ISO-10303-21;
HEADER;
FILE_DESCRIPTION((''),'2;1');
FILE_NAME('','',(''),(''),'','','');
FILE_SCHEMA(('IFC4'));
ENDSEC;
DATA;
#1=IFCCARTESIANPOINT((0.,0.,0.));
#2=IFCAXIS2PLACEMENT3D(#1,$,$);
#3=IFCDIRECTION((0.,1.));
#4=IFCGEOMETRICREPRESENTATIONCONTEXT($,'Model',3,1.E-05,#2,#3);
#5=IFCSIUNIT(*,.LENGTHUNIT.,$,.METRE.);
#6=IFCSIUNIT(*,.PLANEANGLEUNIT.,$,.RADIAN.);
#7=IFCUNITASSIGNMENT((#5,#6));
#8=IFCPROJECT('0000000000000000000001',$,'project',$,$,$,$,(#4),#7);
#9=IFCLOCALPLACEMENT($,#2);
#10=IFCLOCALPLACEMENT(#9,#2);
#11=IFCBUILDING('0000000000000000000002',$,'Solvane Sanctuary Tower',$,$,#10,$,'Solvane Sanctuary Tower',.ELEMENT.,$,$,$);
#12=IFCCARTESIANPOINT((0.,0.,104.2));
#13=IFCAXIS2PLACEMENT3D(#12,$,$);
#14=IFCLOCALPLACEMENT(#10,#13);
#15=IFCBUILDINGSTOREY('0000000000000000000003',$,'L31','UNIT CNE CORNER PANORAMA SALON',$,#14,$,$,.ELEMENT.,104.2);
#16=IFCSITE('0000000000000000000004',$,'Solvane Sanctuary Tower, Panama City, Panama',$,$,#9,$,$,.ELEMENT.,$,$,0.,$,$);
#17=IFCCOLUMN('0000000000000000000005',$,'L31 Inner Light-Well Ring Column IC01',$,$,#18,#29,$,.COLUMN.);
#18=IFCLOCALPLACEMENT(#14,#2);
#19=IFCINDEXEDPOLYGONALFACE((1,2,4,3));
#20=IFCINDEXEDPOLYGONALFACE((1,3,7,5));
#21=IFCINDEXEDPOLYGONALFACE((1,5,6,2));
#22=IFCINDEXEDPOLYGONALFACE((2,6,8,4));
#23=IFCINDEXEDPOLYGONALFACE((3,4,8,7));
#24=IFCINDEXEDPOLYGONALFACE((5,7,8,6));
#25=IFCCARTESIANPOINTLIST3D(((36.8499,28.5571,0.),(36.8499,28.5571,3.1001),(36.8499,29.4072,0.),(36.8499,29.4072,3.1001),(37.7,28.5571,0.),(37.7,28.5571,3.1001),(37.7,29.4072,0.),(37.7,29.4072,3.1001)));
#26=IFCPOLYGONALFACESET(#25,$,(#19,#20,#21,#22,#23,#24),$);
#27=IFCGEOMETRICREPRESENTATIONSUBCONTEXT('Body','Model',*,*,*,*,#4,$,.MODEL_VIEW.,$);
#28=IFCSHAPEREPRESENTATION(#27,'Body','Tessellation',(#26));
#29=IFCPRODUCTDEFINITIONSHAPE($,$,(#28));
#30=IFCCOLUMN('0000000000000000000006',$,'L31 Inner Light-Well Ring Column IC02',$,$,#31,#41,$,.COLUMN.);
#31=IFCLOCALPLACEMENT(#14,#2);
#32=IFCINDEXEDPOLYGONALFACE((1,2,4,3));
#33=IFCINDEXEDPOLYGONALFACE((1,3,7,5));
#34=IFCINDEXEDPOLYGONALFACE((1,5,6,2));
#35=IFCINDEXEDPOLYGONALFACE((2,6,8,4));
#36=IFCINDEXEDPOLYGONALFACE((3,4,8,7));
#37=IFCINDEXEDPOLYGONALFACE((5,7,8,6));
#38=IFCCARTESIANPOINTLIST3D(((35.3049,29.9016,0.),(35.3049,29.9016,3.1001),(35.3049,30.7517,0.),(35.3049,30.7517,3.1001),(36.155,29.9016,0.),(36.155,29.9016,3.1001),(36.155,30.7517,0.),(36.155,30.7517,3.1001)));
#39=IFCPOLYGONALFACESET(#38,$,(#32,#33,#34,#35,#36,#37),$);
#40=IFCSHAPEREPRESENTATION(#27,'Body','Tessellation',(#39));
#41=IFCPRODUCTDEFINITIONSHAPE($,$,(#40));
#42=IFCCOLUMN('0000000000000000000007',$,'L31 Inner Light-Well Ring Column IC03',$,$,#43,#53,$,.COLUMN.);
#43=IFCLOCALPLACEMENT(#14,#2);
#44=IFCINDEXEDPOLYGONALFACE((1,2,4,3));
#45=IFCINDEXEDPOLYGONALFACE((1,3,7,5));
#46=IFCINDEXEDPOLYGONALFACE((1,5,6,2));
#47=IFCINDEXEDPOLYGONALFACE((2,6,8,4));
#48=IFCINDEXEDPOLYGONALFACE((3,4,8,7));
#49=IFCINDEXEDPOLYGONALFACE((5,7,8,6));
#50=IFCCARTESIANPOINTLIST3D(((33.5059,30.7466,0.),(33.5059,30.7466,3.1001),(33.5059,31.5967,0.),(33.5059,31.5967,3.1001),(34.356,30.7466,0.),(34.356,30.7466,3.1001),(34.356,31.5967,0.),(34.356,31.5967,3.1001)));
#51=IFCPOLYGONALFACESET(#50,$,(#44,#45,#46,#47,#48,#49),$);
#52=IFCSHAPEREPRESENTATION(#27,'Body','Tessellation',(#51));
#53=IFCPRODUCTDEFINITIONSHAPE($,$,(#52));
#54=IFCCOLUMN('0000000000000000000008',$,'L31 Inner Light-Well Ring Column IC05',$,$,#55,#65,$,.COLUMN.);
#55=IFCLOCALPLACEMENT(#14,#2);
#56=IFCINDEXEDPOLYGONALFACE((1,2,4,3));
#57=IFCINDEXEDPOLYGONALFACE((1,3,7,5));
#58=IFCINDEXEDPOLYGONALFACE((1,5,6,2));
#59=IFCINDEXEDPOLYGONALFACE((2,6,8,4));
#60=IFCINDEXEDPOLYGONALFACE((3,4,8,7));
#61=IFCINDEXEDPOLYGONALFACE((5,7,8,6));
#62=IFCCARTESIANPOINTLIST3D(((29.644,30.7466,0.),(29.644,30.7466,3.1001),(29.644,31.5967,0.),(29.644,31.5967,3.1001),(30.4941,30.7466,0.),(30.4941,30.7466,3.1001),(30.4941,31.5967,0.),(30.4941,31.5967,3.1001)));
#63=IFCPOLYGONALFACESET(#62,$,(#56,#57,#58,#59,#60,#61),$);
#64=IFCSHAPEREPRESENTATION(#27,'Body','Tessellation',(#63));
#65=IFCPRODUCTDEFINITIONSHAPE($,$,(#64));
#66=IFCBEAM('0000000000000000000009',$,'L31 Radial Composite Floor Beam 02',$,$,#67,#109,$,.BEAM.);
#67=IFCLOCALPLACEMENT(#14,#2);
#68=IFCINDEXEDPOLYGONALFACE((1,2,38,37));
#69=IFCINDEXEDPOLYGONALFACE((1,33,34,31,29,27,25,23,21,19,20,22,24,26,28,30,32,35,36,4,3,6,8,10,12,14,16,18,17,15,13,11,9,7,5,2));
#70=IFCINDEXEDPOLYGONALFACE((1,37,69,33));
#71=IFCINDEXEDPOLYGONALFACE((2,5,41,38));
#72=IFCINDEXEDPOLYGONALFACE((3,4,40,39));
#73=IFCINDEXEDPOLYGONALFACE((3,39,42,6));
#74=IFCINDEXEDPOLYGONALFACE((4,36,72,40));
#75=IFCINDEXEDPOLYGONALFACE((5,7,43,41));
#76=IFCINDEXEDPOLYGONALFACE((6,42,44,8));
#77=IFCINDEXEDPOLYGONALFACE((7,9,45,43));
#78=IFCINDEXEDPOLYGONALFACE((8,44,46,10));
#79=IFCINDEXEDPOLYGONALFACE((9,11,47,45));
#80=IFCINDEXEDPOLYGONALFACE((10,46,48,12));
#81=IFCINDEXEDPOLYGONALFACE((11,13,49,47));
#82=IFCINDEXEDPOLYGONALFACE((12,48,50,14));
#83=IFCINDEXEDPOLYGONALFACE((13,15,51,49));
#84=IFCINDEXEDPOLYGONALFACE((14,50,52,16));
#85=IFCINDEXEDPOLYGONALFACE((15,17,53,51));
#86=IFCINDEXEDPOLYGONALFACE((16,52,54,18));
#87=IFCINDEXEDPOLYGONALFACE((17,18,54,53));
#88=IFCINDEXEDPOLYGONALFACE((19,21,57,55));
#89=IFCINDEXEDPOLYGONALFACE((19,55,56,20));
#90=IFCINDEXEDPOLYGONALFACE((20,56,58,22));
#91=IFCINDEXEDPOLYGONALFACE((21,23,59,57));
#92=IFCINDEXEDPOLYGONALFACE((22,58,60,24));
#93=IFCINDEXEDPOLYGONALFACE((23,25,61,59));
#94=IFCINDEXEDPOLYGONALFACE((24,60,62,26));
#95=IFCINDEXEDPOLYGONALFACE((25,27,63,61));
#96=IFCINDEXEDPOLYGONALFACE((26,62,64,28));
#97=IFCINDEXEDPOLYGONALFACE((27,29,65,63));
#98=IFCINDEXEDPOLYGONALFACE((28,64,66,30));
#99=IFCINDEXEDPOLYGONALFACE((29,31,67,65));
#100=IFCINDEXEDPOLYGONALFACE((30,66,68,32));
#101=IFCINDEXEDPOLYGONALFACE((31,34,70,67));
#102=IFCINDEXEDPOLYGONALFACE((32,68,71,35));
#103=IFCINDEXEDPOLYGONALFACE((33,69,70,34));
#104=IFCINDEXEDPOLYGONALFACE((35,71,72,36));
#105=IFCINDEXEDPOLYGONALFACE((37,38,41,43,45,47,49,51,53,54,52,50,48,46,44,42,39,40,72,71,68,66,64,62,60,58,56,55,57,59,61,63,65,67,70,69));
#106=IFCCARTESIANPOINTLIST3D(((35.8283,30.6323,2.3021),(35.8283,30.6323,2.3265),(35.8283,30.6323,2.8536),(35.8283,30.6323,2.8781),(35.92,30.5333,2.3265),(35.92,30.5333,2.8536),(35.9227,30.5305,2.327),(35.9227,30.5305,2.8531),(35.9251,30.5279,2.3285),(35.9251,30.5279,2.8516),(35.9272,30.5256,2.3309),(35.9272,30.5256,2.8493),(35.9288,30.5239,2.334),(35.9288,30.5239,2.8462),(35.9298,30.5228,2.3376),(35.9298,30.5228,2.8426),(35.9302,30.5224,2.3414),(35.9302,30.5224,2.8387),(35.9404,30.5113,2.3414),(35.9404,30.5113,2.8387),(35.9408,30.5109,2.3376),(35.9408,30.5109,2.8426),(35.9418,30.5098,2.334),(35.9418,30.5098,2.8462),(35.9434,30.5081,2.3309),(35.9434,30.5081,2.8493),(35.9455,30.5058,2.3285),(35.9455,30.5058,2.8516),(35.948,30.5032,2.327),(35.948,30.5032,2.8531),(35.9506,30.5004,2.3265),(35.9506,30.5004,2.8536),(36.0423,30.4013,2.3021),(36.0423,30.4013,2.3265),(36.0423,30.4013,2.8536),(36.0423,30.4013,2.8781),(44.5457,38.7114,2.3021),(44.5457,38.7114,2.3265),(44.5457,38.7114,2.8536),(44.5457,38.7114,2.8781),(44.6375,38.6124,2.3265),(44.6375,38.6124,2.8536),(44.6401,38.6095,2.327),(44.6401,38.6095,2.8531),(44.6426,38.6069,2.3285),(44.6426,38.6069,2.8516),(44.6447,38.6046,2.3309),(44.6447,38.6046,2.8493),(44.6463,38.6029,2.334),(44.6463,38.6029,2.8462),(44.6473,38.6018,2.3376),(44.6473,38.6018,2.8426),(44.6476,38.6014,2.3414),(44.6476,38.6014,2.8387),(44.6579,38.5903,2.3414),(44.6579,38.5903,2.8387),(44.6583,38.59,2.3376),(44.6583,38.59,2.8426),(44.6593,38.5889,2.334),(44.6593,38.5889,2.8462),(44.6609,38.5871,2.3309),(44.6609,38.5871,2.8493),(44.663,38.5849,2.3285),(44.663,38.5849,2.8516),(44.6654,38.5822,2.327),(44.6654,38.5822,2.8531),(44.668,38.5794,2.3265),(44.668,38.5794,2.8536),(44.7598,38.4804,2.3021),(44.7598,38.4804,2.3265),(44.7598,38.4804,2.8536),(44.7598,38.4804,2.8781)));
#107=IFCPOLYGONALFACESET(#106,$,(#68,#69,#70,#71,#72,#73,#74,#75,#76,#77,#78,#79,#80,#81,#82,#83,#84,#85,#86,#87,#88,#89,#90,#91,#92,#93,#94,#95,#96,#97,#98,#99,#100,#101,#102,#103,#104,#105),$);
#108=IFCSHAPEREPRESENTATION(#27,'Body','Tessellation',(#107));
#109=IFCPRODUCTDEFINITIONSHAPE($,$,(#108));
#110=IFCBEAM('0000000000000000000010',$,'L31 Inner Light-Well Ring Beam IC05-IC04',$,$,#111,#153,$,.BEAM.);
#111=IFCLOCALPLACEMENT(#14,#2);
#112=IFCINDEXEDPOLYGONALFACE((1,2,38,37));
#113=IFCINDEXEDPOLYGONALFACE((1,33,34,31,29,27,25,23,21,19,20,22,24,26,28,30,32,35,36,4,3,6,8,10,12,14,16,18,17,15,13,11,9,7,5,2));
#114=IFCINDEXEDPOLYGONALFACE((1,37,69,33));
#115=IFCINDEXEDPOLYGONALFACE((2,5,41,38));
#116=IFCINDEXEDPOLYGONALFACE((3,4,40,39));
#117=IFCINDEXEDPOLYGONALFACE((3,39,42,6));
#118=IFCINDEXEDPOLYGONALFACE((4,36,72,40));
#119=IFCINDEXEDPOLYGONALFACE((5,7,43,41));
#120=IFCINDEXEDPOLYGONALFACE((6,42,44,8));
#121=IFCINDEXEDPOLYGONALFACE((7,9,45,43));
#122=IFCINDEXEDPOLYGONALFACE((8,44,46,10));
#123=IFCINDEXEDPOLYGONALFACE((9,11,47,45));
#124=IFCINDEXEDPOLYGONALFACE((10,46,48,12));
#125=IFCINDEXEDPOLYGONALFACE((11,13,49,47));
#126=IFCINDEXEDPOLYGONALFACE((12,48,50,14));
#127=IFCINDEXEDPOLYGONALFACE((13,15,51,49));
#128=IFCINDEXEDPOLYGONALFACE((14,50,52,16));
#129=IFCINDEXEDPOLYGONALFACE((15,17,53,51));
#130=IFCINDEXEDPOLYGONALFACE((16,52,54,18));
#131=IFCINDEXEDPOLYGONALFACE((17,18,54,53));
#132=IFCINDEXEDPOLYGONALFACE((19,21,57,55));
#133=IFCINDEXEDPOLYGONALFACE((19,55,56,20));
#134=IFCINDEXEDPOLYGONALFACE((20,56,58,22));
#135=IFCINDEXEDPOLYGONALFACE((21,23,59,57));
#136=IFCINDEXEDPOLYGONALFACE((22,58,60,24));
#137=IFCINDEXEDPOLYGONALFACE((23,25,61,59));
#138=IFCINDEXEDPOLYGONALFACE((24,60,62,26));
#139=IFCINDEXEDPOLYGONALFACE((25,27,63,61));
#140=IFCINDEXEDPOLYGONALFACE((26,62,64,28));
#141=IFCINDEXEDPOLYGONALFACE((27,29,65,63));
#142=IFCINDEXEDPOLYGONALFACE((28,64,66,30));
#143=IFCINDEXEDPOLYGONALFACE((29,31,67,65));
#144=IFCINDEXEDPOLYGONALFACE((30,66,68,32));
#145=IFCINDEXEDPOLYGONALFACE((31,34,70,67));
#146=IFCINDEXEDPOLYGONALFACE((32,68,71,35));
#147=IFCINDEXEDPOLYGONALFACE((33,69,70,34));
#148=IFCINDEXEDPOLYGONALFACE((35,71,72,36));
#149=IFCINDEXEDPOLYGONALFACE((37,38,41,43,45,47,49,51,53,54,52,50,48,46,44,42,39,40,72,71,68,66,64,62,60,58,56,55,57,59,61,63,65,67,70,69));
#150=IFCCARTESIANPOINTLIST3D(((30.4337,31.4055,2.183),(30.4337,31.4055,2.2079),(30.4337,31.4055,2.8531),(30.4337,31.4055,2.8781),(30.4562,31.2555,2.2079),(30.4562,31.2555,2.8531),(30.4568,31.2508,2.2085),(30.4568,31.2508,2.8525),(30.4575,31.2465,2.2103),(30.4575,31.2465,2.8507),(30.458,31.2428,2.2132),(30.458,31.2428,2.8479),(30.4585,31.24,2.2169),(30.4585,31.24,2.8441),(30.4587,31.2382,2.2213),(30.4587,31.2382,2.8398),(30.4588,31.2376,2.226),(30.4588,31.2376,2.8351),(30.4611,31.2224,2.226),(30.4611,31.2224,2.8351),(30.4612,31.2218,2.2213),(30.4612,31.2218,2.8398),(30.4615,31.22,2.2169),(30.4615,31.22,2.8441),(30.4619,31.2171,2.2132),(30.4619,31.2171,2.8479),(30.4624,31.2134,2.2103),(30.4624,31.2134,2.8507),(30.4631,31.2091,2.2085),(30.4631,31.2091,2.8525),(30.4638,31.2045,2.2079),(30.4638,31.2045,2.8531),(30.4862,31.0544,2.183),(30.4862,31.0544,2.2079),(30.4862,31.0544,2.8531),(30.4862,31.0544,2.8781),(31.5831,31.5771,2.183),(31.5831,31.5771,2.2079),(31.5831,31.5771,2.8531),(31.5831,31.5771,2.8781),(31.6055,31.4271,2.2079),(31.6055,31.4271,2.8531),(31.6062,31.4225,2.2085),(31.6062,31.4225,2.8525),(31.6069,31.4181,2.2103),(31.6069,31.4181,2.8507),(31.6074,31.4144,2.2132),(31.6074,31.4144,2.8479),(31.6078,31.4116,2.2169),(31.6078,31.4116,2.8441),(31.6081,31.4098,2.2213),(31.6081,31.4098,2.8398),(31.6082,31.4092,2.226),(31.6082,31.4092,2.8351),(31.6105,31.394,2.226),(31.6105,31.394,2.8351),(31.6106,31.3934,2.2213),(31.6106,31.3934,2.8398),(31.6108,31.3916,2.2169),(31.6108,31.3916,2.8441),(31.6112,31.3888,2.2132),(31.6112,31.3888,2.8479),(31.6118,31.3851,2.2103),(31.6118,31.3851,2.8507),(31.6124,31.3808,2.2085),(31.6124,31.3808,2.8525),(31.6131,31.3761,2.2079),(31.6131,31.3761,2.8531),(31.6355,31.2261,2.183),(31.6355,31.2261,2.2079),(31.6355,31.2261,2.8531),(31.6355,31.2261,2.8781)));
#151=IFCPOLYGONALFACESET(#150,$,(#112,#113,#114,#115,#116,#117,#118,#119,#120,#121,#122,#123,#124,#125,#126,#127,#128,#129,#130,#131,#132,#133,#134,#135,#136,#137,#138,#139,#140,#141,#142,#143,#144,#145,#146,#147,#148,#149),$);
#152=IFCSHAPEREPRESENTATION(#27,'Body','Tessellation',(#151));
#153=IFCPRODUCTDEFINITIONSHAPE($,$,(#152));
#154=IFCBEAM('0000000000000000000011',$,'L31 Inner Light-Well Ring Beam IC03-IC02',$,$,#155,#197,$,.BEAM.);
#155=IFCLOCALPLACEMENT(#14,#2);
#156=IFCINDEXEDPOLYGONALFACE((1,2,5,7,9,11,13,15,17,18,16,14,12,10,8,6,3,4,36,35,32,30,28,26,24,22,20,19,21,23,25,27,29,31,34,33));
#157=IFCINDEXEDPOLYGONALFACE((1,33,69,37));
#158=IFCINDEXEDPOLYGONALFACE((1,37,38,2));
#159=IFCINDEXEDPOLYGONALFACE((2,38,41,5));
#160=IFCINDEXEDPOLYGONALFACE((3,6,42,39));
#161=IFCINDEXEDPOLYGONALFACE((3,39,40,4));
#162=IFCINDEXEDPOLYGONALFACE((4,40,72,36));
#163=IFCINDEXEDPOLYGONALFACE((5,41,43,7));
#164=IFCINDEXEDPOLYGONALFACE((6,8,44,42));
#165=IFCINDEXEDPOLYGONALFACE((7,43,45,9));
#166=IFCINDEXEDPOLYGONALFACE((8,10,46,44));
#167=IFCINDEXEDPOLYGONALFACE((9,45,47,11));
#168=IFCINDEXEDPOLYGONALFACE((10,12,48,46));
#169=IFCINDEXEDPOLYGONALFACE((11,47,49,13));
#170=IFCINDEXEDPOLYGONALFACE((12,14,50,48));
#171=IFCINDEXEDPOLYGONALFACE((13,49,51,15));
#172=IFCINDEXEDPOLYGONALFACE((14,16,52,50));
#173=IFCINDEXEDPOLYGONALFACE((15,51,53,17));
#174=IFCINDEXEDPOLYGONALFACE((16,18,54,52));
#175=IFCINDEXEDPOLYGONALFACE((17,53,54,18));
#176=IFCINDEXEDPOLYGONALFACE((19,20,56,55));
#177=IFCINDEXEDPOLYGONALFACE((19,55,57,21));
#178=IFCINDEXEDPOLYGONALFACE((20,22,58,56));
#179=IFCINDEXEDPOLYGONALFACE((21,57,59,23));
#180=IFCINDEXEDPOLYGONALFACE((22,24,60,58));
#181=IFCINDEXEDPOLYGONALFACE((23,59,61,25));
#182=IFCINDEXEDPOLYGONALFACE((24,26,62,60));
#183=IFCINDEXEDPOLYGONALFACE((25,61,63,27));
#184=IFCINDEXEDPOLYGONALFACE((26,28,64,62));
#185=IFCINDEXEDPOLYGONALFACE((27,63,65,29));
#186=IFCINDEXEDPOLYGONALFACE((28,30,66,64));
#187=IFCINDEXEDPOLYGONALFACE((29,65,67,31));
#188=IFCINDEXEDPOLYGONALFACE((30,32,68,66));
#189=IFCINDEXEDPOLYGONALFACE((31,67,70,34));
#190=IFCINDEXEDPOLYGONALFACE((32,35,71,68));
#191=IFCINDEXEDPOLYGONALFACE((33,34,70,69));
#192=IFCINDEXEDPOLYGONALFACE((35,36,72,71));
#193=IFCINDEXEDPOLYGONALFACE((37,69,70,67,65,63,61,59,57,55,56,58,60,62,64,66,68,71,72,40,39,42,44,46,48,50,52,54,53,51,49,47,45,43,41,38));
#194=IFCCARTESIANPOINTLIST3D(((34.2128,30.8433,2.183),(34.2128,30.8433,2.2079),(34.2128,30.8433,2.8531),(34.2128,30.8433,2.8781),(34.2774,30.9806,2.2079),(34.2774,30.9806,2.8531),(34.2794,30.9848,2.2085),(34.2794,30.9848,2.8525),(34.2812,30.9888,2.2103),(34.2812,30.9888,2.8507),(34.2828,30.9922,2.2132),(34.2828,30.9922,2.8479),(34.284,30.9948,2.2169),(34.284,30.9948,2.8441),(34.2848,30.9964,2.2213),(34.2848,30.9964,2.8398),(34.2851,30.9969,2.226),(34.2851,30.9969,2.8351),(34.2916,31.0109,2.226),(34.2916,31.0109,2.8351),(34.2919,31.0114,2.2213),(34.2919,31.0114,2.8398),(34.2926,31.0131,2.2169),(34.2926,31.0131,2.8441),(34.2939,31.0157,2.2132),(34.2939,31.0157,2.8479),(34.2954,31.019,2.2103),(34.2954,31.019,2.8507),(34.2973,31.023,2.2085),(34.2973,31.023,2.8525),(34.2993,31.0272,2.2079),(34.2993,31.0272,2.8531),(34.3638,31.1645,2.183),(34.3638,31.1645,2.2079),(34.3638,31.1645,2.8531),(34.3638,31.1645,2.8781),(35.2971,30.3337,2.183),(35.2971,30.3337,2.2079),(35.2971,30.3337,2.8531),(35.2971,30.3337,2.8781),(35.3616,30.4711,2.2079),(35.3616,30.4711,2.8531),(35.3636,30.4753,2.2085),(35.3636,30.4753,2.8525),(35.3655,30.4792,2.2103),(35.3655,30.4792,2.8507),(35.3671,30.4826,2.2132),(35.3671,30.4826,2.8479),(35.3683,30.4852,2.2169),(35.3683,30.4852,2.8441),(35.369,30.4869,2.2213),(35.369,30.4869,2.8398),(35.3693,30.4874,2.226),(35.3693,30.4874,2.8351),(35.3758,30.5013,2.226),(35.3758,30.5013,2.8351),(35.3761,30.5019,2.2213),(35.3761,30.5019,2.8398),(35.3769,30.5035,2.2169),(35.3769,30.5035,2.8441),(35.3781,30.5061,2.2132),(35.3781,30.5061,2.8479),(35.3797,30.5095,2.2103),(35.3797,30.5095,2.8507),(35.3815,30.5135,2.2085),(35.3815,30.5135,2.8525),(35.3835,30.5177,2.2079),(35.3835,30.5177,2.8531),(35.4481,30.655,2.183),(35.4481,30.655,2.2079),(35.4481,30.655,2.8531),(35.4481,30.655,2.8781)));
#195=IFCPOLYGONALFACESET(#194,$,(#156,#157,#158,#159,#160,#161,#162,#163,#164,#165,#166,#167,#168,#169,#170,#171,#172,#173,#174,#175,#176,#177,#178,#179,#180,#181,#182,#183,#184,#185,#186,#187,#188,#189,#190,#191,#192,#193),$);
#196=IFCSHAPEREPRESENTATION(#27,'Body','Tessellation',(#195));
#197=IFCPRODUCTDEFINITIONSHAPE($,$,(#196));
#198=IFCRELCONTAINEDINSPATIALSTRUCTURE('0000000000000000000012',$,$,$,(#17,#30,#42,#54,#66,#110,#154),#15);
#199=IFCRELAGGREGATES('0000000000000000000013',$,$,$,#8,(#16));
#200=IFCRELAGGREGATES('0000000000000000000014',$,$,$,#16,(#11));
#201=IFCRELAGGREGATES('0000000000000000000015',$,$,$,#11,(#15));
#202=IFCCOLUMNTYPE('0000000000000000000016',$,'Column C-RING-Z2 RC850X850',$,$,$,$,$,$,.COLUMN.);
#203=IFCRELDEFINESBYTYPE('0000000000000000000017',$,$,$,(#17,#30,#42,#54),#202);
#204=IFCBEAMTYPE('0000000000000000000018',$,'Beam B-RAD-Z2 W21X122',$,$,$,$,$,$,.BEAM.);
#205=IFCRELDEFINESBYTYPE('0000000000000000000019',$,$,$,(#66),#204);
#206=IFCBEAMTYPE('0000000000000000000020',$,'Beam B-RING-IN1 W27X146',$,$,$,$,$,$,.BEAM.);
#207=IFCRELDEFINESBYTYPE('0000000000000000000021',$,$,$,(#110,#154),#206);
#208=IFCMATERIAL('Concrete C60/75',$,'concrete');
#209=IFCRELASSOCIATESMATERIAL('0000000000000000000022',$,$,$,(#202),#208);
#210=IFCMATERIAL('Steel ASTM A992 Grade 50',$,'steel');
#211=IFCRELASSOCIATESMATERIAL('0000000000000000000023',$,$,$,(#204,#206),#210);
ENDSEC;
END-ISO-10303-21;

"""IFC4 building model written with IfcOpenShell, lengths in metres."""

from ifc_helpers import new_model, si_unit, direction, frame, origin, origin_2d, place, context, subcontext, project, spatial, rectangle, i_section, extrude, material, material_profile, profile_set, type_object, element, save


model = new_model("IFC4")

# Units and contexts
model_context = context("Model", 3, precision=1e-05, world=origin(), true_north=direction((0.0, 1.0)))
body_context = subcontext(model_context, "Body", "Model", "MODEL_VIEW")
ifc_project = project(units=[si_unit("LENGTHUNIT", "METRE"), si_unit("PLANEANGLEUNIT", "RADIAN")], contexts=[model_context])

# Site, building, storey
site_placement = place(None, origin())
site = spatial("IfcSite", under=ifc_project, at=site_placement, Name="Solvane Sanctuary Tower, Panama City, Panama", CompositionType="ELEMENT", RefElevation=0.0)
building_placement = place(site_placement, origin())
building = spatial("IfcBuilding", under=site, at=building_placement, Name="Solvane Sanctuary Tower", LongName="Solvane Sanctuary Tower", CompositionType="ELEMENT")
storey_placement = place(building_placement, frame((0.0, 0.0, 104.2)))
storey = spatial("IfcBuildingStorey", under=building, at=storey_placement, Name="L31", Description="UNIT CNE CORNER PANORAMA SALON", CompositionType="ELEMENT", Elevation=104.2)

# Columns
ifc_material_1 = material(Name="Concrete C60/75", Category="concrete")
ifc_material_profile_1 = material_profile(ifc_material_1, rectangle(XDim=0.8501, YDim=0.8501, at=origin_2d()), Name="RC850X850")
ifc_profile_set_1 = profile_set([ifc_material_profile_1], Name="Concrete C60/75")
column_type = type_object("IfcColumnType", Name="Column C-RING-Z2 RC850X850", PredefinedType="COLUMN", material=ifc_profile_set_1)
for number, where, z_axis, x_axis, name in (
    (1, (37.2749, 28.9822, 0.0), (0.0, 0.0, 1.0), (1.0, 0.0, 0.0), "L31 Inner Light-Well Ring Column IC01"),
    (2, (35.73, 30.3267, 0.0), (0.0, 0.0, 1.0), (1.0, 0.0, 0.0), "L31 Inner Light-Well Ring Column IC02"),
    (3, (33.9309, 31.1716, 0.0), (0.0, 0.0, 1.0), (1.0, 0.0, 0.0), "L31 Inner Light-Well Ring Column IC03"),
    (4, (30.0691, 31.1716, 0.0), (0.0, 0.0, 1.0), (1.0, 0.0, 0.0), "L31 Inner Light-Well Ring Column IC05"),
):
    element("IfcColumn", number, at=place(storey_placement, frame(where, z_axis=z_axis, x_axis=x_axis)), inside=storey, type_object=column_type, Name=name, PredefinedType="COLUMN", context=body_context, shape_type="SweptSolid", body=[
        extrude(rectangle(XDim=0.8501, YDim=0.8501, at=origin_2d()), origin(), (0.0, 0.0, 1.0), 3.1001),
    ])

# Beams
ifc_material_2 = material(Name="Steel ASTM A992 Grade 50", Category="steel")
ifc_material_profile_2 = material_profile(ifc_material_2, i_section(OverallWidth=0.3149, OverallDepth=0.5759, WebThickness=0.0151, FlangeThickness=0.0244, FilletRadius=0.0149, at=origin_2d()), Name="W21X122")
ifc_profile_set_2 = profile_set([ifc_material_profile_2], Name="Steel ASTM A992 Grade 50")
beam_type_1 = type_object("IfcBeamType", Name="Beam B-RAD-Z2 W21X122", PredefinedType="BEAM", material=ifc_profile_set_2)
beam_1_placement = place(storey_placement, frame((35.9353, 30.5168, 2.5901), z_axis=(0.733454, 0.679739, 0.0), x_axis=(-0.679739, 0.733454, 0.0)))
element("IfcBeam", 5, at=beam_1_placement, inside=storey, type_object=beam_type_1, Name="L31 Radial Composite Floor Beam 02", PredefinedType="BEAM", context=body_context, shape_type="SweptSolid", body=[
    extrude(i_section(OverallWidth=0.3149, OverallDepth=0.5759, WebThickness=0.0151, FlangeThickness=0.0244, FilletRadius=0.0149, at=origin_2d()), origin(), (0.0, 0.0, 1.0), 11.8855),
])
ifc_material_profile_3 = material_profile(ifc_material_2, i_section(OverallWidth=0.355, OverallDepth=0.6951, WebThickness=0.0154, FlangeThickness=0.0249, FilletRadius=0.0181, at=origin_2d()), Name="W27X146")
ifc_profile_set_3 = profile_set([ifc_material_profile_3], Name="Steel ASTM A992 Grade 50")
beam_type_2 = type_object("IfcBeamType", Name="Beam B-RING-IN1 W27X146", PredefinedType="BEAM", material=ifc_profile_set_3)
beam_2_placement = place(storey_placement, frame((30.46, 31.23, 2.5305), z_axis=(0.989035, 0.147683, 0.0), x_axis=(-0.147683, 0.989035, 0.0)))
element("IfcBeam", 6, at=beam_2_placement, inside=storey, type_object=beam_type_2, Name="L31 Inner Light-Well Ring Beam IC05-IC04", PredefinedType="BEAM", context=body_context, shape_type="SweptSolid", body=[
    extrude(i_section(OverallWidth=0.355, OverallDepth=0.6951, WebThickness=0.0154, FlangeThickness=0.0249, FilletRadius=0.0181, at=origin_2d()), origin(), (0.0, 0.0, 1.0), 1.1621),
])
beam_3_placement = place(storey_placement, frame((34.2883, 31.0039, 2.5305), z_axis=(0.905045, -0.425316, 0.0), x_axis=(0.425316, 0.905045, 0.0)))
element("IfcBeam", 7, at=beam_3_placement, inside=storey, type_object=beam_type_2, Name="L31 Inner Light-Well Ring Beam IC03-IC02", PredefinedType="BEAM", context=body_context, shape_type="SweptSolid", body=[
    extrude(i_section(OverallWidth=0.355, OverallDepth=0.6951, WebThickness=0.0154, FlangeThickness=0.0249, FilletRadius=0.0181, at=origin_2d()), origin(), (0.0, 0.0, 1.0), 1.198),
])

save(model, "model.ifc")
